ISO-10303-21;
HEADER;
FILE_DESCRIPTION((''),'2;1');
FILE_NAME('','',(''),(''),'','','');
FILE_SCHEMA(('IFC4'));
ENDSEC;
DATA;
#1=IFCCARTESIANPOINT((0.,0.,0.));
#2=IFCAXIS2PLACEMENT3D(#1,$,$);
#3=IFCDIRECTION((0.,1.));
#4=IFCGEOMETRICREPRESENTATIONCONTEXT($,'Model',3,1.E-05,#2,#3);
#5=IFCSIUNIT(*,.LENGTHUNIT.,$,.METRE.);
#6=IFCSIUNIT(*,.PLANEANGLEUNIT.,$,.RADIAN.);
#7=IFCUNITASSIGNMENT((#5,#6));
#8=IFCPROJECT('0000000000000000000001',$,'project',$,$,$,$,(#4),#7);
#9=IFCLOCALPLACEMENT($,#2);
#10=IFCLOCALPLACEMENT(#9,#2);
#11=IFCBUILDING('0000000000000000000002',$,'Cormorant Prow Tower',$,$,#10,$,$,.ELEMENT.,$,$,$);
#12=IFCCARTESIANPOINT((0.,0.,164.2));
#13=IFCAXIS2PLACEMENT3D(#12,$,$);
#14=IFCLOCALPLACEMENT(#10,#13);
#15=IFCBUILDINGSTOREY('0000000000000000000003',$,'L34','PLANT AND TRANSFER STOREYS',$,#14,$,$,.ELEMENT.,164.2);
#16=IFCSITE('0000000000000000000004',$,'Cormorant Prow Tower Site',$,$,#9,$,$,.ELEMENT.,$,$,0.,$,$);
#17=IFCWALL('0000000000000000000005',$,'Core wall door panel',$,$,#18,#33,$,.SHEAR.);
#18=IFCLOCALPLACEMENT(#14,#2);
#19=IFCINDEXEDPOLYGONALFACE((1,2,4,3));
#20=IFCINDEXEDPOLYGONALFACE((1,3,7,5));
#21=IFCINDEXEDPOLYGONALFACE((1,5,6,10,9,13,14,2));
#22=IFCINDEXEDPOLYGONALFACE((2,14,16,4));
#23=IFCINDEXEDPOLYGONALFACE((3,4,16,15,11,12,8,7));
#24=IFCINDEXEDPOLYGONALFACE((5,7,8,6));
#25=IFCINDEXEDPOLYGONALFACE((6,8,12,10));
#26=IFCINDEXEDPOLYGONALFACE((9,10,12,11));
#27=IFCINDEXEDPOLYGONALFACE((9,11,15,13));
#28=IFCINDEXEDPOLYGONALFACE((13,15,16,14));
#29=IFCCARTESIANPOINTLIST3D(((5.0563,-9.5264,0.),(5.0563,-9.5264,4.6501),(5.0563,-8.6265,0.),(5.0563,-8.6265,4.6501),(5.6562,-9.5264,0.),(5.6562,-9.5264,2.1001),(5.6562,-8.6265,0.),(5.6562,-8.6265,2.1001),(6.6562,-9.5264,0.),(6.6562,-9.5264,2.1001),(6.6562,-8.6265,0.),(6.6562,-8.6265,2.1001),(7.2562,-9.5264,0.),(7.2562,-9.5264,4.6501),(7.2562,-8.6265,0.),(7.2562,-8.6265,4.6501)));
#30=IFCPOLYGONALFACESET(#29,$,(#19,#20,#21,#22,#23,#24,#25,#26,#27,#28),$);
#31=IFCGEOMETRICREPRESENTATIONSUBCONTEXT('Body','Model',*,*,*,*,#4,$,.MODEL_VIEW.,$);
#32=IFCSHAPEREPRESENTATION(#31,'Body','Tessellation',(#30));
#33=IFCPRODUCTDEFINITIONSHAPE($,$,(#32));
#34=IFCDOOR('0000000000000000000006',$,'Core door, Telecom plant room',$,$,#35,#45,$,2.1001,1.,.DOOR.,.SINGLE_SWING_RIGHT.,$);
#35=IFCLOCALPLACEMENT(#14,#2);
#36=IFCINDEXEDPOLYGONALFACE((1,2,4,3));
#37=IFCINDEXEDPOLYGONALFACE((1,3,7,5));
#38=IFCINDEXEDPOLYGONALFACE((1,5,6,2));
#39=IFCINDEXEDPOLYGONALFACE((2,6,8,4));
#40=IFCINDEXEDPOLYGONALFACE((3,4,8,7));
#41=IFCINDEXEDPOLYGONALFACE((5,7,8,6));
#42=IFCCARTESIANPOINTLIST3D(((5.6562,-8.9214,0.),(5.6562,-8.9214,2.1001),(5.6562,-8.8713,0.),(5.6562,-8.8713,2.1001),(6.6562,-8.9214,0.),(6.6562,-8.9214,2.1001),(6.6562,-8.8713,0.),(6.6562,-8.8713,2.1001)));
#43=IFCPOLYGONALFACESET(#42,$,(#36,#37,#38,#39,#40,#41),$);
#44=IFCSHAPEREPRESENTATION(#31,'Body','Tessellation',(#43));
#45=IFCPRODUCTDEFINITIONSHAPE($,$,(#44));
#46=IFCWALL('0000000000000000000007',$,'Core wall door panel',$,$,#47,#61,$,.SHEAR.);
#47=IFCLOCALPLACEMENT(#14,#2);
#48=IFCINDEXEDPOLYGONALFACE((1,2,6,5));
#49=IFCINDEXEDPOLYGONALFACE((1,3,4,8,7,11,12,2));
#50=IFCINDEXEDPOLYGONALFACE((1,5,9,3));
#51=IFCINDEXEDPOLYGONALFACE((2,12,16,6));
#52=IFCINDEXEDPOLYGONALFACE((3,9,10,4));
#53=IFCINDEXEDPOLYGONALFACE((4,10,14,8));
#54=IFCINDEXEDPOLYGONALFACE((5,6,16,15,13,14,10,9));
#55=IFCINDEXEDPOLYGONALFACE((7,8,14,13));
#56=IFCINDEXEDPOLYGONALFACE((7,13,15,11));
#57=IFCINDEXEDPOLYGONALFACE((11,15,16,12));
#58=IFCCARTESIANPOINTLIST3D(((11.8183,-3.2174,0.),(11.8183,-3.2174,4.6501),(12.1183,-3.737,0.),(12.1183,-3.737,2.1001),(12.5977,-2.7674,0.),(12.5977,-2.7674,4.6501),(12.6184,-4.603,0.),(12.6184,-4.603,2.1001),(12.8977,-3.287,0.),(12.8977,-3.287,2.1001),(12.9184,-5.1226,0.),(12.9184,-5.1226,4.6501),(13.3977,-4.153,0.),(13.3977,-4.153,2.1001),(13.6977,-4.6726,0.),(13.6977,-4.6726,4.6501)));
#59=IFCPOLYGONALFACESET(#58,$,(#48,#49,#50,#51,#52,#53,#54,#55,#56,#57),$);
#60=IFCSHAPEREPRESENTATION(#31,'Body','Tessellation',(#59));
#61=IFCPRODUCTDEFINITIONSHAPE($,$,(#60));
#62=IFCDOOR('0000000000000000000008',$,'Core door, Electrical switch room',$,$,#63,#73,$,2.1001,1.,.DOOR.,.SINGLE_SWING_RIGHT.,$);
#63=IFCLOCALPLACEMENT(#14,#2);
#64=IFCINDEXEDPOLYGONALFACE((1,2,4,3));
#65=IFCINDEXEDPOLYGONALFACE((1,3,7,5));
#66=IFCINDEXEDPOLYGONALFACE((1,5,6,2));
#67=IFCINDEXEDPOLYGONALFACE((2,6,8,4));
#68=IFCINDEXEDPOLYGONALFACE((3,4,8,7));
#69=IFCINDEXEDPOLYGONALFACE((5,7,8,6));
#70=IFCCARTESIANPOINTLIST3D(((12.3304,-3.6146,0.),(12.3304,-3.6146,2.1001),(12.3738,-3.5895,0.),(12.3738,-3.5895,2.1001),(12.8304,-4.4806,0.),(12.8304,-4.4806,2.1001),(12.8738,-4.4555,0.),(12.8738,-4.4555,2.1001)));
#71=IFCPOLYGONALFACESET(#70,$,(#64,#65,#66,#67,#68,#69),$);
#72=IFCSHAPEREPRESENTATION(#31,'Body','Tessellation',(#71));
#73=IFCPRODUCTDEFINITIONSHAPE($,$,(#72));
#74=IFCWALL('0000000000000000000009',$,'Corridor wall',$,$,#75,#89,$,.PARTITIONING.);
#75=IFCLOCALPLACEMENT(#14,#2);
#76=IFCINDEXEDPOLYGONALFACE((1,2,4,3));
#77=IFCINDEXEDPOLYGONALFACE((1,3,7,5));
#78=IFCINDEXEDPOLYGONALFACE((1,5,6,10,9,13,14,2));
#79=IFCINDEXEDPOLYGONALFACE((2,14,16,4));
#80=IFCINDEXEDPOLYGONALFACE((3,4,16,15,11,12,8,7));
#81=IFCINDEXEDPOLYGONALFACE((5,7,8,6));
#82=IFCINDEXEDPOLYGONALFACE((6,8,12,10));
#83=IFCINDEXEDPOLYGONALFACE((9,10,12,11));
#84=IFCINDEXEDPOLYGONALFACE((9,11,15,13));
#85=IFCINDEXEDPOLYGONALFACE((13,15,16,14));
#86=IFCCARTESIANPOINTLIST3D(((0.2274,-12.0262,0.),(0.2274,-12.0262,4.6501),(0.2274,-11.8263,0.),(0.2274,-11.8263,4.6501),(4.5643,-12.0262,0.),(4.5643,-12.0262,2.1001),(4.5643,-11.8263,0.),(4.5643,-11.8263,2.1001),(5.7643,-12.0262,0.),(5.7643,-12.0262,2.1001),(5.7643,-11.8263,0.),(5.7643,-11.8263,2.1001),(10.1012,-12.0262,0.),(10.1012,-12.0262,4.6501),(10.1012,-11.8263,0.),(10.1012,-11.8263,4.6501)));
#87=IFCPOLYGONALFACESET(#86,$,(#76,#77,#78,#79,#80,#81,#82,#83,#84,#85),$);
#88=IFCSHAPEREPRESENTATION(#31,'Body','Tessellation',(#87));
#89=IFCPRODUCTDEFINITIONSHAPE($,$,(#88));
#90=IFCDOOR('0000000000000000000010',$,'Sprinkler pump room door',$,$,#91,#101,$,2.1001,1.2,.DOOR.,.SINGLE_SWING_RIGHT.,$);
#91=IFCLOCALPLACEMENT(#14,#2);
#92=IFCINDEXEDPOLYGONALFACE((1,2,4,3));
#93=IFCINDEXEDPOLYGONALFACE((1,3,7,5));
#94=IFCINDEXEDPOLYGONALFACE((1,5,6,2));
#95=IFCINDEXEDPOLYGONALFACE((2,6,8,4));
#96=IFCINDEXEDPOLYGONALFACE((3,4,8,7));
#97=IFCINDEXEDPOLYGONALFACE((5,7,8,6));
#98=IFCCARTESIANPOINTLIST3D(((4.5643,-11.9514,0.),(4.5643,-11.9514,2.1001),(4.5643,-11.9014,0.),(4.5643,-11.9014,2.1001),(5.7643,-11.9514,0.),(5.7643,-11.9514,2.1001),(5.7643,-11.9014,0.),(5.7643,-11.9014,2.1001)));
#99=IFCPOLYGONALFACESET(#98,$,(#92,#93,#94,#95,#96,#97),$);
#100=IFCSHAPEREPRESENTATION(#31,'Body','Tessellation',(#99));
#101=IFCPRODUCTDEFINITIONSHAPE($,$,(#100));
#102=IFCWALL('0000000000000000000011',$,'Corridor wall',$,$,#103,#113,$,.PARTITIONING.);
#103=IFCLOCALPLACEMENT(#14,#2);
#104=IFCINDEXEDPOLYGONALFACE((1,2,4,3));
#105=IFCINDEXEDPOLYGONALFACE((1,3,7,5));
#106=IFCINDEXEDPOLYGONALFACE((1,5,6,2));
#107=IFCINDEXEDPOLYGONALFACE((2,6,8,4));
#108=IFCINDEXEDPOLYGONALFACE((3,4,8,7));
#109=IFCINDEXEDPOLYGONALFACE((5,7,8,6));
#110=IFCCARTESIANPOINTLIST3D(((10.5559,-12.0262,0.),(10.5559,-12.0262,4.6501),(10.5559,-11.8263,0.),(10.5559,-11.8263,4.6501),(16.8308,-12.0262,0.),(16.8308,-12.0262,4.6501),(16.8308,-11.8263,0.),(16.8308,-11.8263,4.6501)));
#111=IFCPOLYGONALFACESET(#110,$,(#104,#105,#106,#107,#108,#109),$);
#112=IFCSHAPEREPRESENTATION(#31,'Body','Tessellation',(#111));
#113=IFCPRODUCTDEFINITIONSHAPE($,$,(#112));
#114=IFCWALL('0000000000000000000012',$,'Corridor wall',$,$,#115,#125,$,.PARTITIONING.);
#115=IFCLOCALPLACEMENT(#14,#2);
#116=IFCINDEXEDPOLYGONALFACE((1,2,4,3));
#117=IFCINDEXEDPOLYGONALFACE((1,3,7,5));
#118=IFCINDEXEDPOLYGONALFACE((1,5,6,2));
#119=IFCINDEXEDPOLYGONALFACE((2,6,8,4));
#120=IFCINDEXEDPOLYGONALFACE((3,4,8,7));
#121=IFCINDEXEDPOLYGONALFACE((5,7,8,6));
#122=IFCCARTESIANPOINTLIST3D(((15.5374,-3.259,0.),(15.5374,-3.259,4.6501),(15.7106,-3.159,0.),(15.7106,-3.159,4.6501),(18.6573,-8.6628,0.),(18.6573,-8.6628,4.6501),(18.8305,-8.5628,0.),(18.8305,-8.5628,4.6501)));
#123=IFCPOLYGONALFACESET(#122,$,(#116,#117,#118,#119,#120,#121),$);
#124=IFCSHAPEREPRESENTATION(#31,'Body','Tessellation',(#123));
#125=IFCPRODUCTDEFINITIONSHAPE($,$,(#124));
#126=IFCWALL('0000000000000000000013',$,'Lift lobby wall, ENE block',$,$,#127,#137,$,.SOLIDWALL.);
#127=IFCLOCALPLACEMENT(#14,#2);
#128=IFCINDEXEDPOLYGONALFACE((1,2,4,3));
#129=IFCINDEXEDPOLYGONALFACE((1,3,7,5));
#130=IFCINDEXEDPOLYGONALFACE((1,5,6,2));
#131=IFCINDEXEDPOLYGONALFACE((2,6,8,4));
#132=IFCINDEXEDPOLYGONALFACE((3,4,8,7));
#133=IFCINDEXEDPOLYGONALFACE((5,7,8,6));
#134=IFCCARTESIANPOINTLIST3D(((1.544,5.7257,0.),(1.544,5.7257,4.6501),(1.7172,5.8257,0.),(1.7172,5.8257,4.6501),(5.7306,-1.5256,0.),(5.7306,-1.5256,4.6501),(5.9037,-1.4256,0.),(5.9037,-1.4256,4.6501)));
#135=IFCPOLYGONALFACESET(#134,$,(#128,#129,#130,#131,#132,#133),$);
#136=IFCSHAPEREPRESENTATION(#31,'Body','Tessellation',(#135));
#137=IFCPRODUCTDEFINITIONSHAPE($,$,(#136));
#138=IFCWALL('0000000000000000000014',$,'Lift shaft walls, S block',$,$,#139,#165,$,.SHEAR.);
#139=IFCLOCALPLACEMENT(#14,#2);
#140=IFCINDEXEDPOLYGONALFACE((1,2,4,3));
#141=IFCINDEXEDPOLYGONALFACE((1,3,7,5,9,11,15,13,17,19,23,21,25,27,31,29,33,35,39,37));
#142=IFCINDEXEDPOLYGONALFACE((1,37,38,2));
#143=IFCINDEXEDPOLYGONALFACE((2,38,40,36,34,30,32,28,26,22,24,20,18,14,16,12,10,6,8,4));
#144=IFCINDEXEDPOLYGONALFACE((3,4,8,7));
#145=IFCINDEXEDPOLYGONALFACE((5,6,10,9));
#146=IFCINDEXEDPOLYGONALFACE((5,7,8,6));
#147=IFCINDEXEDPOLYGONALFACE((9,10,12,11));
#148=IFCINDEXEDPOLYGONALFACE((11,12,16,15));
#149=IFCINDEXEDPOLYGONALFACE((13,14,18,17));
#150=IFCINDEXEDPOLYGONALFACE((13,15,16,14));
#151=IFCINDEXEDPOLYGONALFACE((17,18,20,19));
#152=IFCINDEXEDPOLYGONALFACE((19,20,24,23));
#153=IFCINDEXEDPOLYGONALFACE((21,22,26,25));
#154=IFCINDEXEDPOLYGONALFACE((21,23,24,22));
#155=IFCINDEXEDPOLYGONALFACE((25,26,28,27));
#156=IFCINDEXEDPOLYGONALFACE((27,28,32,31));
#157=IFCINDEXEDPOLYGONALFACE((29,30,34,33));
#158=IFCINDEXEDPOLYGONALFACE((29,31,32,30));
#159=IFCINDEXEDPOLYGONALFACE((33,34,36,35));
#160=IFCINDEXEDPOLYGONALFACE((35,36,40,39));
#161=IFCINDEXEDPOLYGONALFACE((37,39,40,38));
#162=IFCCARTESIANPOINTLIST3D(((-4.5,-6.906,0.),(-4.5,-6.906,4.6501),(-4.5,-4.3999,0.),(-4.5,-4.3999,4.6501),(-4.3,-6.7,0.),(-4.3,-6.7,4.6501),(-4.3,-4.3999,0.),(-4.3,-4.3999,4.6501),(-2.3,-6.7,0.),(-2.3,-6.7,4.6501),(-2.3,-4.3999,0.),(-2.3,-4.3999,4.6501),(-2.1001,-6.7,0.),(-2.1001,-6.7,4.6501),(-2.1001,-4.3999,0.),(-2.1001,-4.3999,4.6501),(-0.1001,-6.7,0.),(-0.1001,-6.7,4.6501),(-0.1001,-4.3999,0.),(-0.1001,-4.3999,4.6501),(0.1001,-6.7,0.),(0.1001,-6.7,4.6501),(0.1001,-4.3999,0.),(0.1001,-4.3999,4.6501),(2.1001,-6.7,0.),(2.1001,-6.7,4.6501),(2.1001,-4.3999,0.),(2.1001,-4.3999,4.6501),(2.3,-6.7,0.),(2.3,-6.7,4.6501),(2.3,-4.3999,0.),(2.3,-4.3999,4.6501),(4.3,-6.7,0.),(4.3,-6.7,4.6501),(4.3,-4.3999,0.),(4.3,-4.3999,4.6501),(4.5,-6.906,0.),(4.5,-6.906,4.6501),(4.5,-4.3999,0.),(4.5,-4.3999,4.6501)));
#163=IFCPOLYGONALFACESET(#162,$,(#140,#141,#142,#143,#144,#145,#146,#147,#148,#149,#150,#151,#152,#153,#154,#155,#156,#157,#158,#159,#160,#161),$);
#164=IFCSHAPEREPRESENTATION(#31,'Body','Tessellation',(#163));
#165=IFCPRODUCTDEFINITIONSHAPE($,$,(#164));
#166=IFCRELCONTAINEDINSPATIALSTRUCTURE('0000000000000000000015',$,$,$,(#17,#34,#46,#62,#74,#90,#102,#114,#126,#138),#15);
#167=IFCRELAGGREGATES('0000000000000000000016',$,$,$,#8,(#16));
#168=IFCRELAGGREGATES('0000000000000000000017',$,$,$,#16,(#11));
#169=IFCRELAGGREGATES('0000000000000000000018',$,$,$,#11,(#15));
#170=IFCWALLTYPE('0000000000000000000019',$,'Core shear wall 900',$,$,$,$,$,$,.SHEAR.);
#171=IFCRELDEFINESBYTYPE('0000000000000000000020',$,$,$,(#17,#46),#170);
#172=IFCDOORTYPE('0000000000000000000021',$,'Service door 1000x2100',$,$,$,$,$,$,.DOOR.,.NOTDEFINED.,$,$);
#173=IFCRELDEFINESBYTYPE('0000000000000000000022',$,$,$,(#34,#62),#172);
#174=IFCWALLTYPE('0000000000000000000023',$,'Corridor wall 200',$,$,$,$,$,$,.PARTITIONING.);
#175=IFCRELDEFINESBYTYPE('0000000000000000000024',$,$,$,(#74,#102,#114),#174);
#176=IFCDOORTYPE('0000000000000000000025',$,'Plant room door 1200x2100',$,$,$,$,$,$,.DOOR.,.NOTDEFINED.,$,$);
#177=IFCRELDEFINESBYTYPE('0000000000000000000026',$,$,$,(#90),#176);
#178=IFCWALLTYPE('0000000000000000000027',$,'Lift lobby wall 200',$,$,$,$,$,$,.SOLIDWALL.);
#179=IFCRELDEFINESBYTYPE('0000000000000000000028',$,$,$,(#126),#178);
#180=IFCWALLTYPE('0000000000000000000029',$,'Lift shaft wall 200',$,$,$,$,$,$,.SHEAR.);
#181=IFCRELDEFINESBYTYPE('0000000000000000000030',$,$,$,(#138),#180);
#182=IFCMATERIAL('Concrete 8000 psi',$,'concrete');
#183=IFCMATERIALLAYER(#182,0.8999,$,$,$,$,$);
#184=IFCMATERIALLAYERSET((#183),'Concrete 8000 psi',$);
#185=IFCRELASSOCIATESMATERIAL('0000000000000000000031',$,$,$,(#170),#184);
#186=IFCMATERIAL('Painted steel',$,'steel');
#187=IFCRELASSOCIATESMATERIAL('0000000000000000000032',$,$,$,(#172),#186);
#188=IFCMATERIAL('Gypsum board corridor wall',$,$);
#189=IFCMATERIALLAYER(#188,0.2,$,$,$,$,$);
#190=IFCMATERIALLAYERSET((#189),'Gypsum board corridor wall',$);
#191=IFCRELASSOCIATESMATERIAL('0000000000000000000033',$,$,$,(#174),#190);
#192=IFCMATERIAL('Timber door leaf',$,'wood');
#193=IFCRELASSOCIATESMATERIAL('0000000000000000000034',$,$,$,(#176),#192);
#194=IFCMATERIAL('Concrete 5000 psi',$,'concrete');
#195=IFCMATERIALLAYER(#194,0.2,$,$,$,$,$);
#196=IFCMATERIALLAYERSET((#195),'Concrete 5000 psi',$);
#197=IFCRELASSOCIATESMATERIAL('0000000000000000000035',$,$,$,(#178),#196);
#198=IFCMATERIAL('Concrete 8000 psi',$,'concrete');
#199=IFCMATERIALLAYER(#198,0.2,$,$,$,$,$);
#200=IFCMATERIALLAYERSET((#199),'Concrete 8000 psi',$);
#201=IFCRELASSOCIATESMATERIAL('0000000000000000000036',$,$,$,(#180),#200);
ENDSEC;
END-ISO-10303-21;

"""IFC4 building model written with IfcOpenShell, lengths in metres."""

from ifc_helpers import new_model, si_unit, direction, frame, frame_2d, origin, place, context, subcontext, project, spatial, polyline, rectangle, outline, extrude, material, layer, layer_set, type_object, element, fill, save


model = new_model("IFC4")

# Units and contexts
model_context = context("Model", 3, precision=1e-05, world=origin(), true_north=direction((0.0, 1.0)))
body_context = subcontext(model_context, "Body", "Model", "MODEL_VIEW")
ifc_project = project(units=[si_unit("LENGTHUNIT", "METRE"), si_unit("PLANEANGLEUNIT", "RADIAN")], contexts=[model_context])

# Site, building, storey
site_placement = place(None, origin())
site = spatial("IfcSite", under=ifc_project, at=site_placement, Name="Cormorant Prow Tower Site", CompositionType="ELEMENT", RefElevation=0.0)
building_placement = place(site_placement, origin())
building = spatial("IfcBuilding", under=site, at=building_placement, Name="Cormorant Prow Tower", CompositionType="ELEMENT")
storey_placement = place(building_placement, frame((0.0, 0.0, 164.2)))
storey = spatial("IfcBuildingStorey", under=building, at=storey_placement, Name="L34", Description="PLANT AND TRANSFER STOREYS", CompositionType="ELEMENT", Elevation=164.2)

# Shared definitions
ifc_material_1 = material(Name="Concrete 8000 psi", Category="concrete")
ifc_layer_1 = layer(ifc_material_1, 0.8999)
ifc_layer_set_1 = layer_set([ifc_layer_1], Name="Concrete 8000 psi")
wall_type_1 = type_object("IfcWallType", Name="Core shear wall 900", PredefinedType="SHEAR", material=ifc_layer_set_1)

# Walls, openings, doors
wall_1_placement = place(storey_placement, frame((5.0562, -9.0764, 0.0), z_axis=(0.0, 0.0, 1.0), x_axis=(1.0, 0.0, 0.0)))
wall_1 = element("IfcWall", 1, at=wall_1_placement, inside=storey, type_object=wall_type_1, Name="Core wall door panel", PredefinedType="SHEAR", context=body_context, shape_type="SweptSolid", body=[
    extrude(rectangle(XDim=2.2, YDim=0.8999, at=frame_2d((1.1001, 0.0))), origin(), (0.0, 0.0, 1.0), 4.6501),
])
opening_1_placement = place(wall_1_placement, frame((0.6001, 0.0, 0.0)))
opening_1 = element("IfcOpeningElement", 2, at=opening_1_placement, cuts=wall_1, PredefinedType="OPENING", context=body_context, shape_type="SweptSolid", body=[
    extrude(rectangle(XDim=1.0, YDim=2.1001, at=frame_2d((0.5, 1.05))), frame((0.0, 0.46, 0.0), z_axis=(0.0, -1.0, 0.0), x_axis=(1.0, 0.0, 0.0)), (0.0, 0.0, 1.0), 0.9199),
])
ifc_material_2 = material(Name="Painted steel", Category="steel")
door_type_1 = type_object("IfcDoorType", Name="Service door 1000x2100", OperationType="NOTDEFINED", PredefinedType="DOOR", material=ifc_material_2)
door_1_placement = place(opening_1_placement, origin())
door_1 = element("IfcDoor", 3, at=door_1_placement, inside=storey, type_object=door_type_1, Name="Core door, Telecom plant room", OperationType="SINGLE_SWING_RIGHT", OverallHeight=2.1001, OverallWidth=1.0, PredefinedType="DOOR", context=body_context, shape_type="SweptSolid", body=[
    extrude(rectangle(XDim=1.0, YDim=2.1001, at=frame_2d((0.5, 1.05))), frame((0.0, 0.2051, 0.0), z_axis=(0.0, -1.0, 0.0), x_axis=(1.0, 0.0, 0.0)), (0.0, 0.0, 1.0), 0.05),
])
fill(opening_1, door_1)
wall_2_placement = place(storey_placement, frame((13.3081, -4.8977, 0.0), z_axis=(0.0, 0.0, 1.0), x_axis=(-0.50003, 0.866008, 0.0)))
wall_2 = element("IfcWall", 4, at=wall_2_placement, inside=storey, type_object=wall_type_1, Name="Core wall door panel", PredefinedType="SHEAR", context=body_context, shape_type="SweptSolid", body=[
    extrude(rectangle(XDim=2.2, YDim=0.8999, at=frame_2d((1.1001, 0.0))), origin(), (0.0, 0.0, 1.0), 4.6501),
])
opening_2_placement = place(wall_2_placement, frame((0.6001, 0.0, 0.0)))
opening_2 = element("IfcOpeningElement", 5, at=opening_2_placement, cuts=wall_2, PredefinedType="OPENING", context=body_context, shape_type="SweptSolid", body=[
    extrude(rectangle(XDim=1.0, YDim=2.1001, at=frame_2d((0.5, 1.05))), frame((0.0, 0.46, 0.0), z_axis=(0.0, -1.0, 0.0), x_axis=(1.0, 0.0, 0.0)), (0.0, 0.0, 1.0), 0.9199),
])
door_2_placement = place(opening_2_placement, origin())
door_2 = element("IfcDoor", 6, at=door_2_placement, inside=storey, type_object=door_type_1, Name="Core door, Electrical switch room", OperationType="SINGLE_SWING_RIGHT", OverallHeight=2.1001, OverallWidth=1.0, PredefinedType="DOOR", context=body_context, shape_type="SweptSolid", body=[
    extrude(rectangle(XDim=1.0, YDim=2.1001, at=frame_2d((0.5, 1.05))), frame((0.0, 0.2051, 0.0), z_axis=(0.0, -1.0, 0.0), x_axis=(1.0, 0.0, 0.0)), (0.0, 0.0, 1.0), 0.05),
])
fill(opening_2, door_2)
ifc_material_3 = material(Name="Gypsum board corridor wall")
ifc_layer_2 = layer(ifc_material_3, 0.2)
ifc_layer_set_2 = layer_set([ifc_layer_2], Name="Gypsum board corridor wall")
wall_type_2 = type_object("IfcWallType", Name="Corridor wall 200", PredefinedType="PARTITIONING", material=ifc_layer_set_2)
wall_3_placement = place(storey_placement, frame((0.2273, -11.9263, 0.0), z_axis=(0.0, 0.0, 1.0), x_axis=(1.0, 0.0, 0.0)))
wall_3 = element("IfcWall", 7, at=wall_3_placement, inside=storey, type_object=wall_type_2, Name="Corridor wall", PredefinedType="PARTITIONING", context=body_context, shape_type="SweptSolid", body=[
    extrude(rectangle(XDim=9.8738, YDim=0.2, at=frame_2d((4.937, 0.0))), origin(), (0.0, 0.0, 1.0), 4.6501),
])
opening_3_placement = place(wall_3_placement, frame((4.3369, 0.0, 0.0)))
opening_3 = element("IfcOpeningElement", 8, at=opening_3_placement, cuts=wall_3, PredefinedType="OPENING", context=body_context, shape_type="SweptSolid", body=[
    extrude(rectangle(XDim=1.2, YDim=2.1001, at=frame_2d((0.6001, 1.05))), frame((0.0, 0.1099, 0.0), z_axis=(0.0, -1.0, 0.0), x_axis=(1.0, 0.0, 0.0)), (0.0, 0.0, 1.0), 0.22),
])
ifc_material_4 = material(Name="Timber door leaf", Category="wood")
door_type_2 = type_object("IfcDoorType", Name="Plant room door 1200x2100", OperationType="NOTDEFINED", PredefinedType="DOOR", material=ifc_material_4)
door_3_placement = place(opening_3_placement, origin())
door_3 = element("IfcDoor", 9, at=door_3_placement, inside=storey, type_object=door_type_2, Name="Sprinkler pump room door", OperationType="SINGLE_SWING_RIGHT", OverallHeight=2.1001, OverallWidth=1.2, PredefinedType="DOOR", context=body_context, shape_type="SweptSolid", body=[
    extrude(rectangle(XDim=1.2, YDim=2.1001, at=frame_2d((0.6001, 1.05))), frame((0.0, 0.0249, 0.0), z_axis=(0.0, -1.0, 0.0), x_axis=(1.0, 0.0, 0.0)), (0.0, 0.0, 1.0), 0.05),
])
fill(opening_3, door_3)

# Walls
wall_4_placement = place(storey_placement, frame((10.5559, -11.9263, 0.0), z_axis=(0.0, 0.0, 1.0), x_axis=(1.0, 0.0, 0.0)))
element("IfcWall", 10, at=wall_4_placement, inside=storey, type_object=wall_type_2, Name="Corridor wall", PredefinedType="PARTITIONING", context=body_context, shape_type="SweptSolid", body=[
    extrude(rectangle(XDim=6.2749, YDim=0.2, at=frame_2d((3.1375, 0.0))), origin(), (0.0, 0.0, 1.0), 4.6501),
])
wall_5_placement = place(storey_placement, frame((15.624, -3.209, 0.0), z_axis=(0.0, 0.0, 1.0), x_axis=(0.499998, -0.866027, 0.0)))
element("IfcWall", 11, at=wall_5_placement, inside=storey, type_object=wall_type_2, Name="Corridor wall", PredefinedType="PARTITIONING", context=body_context, shape_type="SweptSolid", body=[
    extrude(rectangle(XDim=6.2397, YDim=0.2, at=frame_2d((3.1199, 0.0))), origin(), (0.0, 0.0, 1.0), 4.6501),
])
ifc_material_5 = material(Name="Concrete 5000 psi", Category="concrete")
ifc_layer_3 = layer(ifc_material_5, 0.2)
ifc_layer_set_3 = layer_set([ifc_layer_3], Name="Concrete 5000 psi")
wall_type_3 = type_object("IfcWallType", Name="Lift lobby wall 200", PredefinedType="SOLIDWALL", material=ifc_layer_set_3)
wall_6_placement = place(storey_placement, frame((5.8171, -1.4756, 0.0), z_axis=(0.0, 0.0, 1.0), x_axis=(-0.500003, 0.866024, 0.0)))
element("IfcWall", 12, at=wall_6_placement, inside=storey, type_object=wall_type_3, Name="Lift lobby wall, ENE block", PredefinedType="SOLIDWALL", context=body_context, shape_type="SweptSolid", body=[
    extrude(rectangle(XDim=8.373, YDim=0.2, at=frame_2d((4.1865, 0.0))), origin(), (0.0, 0.0, 1.0), 4.6501),
])
ifc_material_6 = material(Name="Concrete 8000 psi", Category="concrete")
ifc_layer_4 = layer(ifc_material_6, 0.2)
ifc_layer_set_4 = layer_set([ifc_layer_4], Name="Concrete 8000 psi")
wall_type_4 = type_object("IfcWallType", Name="Lift shaft wall 200", PredefinedType="SHEAR", material=ifc_layer_set_4)
wall_7_placement = place(storey_placement, origin())
element("IfcWall", 13, at=wall_7_placement, inside=storey, type_object=wall_type_4, Name="Lift shaft walls, S block", PredefinedType="SHEAR", context=body_context, shape_type="SweptSolid", body=[
    extrude(outline(polyline([(4.5, -4.3999), (4.5, -6.906), (-4.5, -6.906), (-4.5, -4.3999), (-4.3, -4.3999), (-4.3, -6.7), (-2.3, -6.7), (-2.3, -4.3999), (-2.1001, -4.3999), (-2.1001, -6.7), (-0.1001, -6.7), (-0.1001, -4.3999), (0.1001, -4.3999), (0.1001, -6.7), (2.1001, -6.7), (2.1001, -4.3999), (2.3, -4.3999), (2.3, -6.7), (4.3, -6.7), (4.3, -4.3999), (4.5, -4.3999)])), origin(), (0.0, 0.0, 1.0), 4.6501),
])

save(model, "model.ifc")
